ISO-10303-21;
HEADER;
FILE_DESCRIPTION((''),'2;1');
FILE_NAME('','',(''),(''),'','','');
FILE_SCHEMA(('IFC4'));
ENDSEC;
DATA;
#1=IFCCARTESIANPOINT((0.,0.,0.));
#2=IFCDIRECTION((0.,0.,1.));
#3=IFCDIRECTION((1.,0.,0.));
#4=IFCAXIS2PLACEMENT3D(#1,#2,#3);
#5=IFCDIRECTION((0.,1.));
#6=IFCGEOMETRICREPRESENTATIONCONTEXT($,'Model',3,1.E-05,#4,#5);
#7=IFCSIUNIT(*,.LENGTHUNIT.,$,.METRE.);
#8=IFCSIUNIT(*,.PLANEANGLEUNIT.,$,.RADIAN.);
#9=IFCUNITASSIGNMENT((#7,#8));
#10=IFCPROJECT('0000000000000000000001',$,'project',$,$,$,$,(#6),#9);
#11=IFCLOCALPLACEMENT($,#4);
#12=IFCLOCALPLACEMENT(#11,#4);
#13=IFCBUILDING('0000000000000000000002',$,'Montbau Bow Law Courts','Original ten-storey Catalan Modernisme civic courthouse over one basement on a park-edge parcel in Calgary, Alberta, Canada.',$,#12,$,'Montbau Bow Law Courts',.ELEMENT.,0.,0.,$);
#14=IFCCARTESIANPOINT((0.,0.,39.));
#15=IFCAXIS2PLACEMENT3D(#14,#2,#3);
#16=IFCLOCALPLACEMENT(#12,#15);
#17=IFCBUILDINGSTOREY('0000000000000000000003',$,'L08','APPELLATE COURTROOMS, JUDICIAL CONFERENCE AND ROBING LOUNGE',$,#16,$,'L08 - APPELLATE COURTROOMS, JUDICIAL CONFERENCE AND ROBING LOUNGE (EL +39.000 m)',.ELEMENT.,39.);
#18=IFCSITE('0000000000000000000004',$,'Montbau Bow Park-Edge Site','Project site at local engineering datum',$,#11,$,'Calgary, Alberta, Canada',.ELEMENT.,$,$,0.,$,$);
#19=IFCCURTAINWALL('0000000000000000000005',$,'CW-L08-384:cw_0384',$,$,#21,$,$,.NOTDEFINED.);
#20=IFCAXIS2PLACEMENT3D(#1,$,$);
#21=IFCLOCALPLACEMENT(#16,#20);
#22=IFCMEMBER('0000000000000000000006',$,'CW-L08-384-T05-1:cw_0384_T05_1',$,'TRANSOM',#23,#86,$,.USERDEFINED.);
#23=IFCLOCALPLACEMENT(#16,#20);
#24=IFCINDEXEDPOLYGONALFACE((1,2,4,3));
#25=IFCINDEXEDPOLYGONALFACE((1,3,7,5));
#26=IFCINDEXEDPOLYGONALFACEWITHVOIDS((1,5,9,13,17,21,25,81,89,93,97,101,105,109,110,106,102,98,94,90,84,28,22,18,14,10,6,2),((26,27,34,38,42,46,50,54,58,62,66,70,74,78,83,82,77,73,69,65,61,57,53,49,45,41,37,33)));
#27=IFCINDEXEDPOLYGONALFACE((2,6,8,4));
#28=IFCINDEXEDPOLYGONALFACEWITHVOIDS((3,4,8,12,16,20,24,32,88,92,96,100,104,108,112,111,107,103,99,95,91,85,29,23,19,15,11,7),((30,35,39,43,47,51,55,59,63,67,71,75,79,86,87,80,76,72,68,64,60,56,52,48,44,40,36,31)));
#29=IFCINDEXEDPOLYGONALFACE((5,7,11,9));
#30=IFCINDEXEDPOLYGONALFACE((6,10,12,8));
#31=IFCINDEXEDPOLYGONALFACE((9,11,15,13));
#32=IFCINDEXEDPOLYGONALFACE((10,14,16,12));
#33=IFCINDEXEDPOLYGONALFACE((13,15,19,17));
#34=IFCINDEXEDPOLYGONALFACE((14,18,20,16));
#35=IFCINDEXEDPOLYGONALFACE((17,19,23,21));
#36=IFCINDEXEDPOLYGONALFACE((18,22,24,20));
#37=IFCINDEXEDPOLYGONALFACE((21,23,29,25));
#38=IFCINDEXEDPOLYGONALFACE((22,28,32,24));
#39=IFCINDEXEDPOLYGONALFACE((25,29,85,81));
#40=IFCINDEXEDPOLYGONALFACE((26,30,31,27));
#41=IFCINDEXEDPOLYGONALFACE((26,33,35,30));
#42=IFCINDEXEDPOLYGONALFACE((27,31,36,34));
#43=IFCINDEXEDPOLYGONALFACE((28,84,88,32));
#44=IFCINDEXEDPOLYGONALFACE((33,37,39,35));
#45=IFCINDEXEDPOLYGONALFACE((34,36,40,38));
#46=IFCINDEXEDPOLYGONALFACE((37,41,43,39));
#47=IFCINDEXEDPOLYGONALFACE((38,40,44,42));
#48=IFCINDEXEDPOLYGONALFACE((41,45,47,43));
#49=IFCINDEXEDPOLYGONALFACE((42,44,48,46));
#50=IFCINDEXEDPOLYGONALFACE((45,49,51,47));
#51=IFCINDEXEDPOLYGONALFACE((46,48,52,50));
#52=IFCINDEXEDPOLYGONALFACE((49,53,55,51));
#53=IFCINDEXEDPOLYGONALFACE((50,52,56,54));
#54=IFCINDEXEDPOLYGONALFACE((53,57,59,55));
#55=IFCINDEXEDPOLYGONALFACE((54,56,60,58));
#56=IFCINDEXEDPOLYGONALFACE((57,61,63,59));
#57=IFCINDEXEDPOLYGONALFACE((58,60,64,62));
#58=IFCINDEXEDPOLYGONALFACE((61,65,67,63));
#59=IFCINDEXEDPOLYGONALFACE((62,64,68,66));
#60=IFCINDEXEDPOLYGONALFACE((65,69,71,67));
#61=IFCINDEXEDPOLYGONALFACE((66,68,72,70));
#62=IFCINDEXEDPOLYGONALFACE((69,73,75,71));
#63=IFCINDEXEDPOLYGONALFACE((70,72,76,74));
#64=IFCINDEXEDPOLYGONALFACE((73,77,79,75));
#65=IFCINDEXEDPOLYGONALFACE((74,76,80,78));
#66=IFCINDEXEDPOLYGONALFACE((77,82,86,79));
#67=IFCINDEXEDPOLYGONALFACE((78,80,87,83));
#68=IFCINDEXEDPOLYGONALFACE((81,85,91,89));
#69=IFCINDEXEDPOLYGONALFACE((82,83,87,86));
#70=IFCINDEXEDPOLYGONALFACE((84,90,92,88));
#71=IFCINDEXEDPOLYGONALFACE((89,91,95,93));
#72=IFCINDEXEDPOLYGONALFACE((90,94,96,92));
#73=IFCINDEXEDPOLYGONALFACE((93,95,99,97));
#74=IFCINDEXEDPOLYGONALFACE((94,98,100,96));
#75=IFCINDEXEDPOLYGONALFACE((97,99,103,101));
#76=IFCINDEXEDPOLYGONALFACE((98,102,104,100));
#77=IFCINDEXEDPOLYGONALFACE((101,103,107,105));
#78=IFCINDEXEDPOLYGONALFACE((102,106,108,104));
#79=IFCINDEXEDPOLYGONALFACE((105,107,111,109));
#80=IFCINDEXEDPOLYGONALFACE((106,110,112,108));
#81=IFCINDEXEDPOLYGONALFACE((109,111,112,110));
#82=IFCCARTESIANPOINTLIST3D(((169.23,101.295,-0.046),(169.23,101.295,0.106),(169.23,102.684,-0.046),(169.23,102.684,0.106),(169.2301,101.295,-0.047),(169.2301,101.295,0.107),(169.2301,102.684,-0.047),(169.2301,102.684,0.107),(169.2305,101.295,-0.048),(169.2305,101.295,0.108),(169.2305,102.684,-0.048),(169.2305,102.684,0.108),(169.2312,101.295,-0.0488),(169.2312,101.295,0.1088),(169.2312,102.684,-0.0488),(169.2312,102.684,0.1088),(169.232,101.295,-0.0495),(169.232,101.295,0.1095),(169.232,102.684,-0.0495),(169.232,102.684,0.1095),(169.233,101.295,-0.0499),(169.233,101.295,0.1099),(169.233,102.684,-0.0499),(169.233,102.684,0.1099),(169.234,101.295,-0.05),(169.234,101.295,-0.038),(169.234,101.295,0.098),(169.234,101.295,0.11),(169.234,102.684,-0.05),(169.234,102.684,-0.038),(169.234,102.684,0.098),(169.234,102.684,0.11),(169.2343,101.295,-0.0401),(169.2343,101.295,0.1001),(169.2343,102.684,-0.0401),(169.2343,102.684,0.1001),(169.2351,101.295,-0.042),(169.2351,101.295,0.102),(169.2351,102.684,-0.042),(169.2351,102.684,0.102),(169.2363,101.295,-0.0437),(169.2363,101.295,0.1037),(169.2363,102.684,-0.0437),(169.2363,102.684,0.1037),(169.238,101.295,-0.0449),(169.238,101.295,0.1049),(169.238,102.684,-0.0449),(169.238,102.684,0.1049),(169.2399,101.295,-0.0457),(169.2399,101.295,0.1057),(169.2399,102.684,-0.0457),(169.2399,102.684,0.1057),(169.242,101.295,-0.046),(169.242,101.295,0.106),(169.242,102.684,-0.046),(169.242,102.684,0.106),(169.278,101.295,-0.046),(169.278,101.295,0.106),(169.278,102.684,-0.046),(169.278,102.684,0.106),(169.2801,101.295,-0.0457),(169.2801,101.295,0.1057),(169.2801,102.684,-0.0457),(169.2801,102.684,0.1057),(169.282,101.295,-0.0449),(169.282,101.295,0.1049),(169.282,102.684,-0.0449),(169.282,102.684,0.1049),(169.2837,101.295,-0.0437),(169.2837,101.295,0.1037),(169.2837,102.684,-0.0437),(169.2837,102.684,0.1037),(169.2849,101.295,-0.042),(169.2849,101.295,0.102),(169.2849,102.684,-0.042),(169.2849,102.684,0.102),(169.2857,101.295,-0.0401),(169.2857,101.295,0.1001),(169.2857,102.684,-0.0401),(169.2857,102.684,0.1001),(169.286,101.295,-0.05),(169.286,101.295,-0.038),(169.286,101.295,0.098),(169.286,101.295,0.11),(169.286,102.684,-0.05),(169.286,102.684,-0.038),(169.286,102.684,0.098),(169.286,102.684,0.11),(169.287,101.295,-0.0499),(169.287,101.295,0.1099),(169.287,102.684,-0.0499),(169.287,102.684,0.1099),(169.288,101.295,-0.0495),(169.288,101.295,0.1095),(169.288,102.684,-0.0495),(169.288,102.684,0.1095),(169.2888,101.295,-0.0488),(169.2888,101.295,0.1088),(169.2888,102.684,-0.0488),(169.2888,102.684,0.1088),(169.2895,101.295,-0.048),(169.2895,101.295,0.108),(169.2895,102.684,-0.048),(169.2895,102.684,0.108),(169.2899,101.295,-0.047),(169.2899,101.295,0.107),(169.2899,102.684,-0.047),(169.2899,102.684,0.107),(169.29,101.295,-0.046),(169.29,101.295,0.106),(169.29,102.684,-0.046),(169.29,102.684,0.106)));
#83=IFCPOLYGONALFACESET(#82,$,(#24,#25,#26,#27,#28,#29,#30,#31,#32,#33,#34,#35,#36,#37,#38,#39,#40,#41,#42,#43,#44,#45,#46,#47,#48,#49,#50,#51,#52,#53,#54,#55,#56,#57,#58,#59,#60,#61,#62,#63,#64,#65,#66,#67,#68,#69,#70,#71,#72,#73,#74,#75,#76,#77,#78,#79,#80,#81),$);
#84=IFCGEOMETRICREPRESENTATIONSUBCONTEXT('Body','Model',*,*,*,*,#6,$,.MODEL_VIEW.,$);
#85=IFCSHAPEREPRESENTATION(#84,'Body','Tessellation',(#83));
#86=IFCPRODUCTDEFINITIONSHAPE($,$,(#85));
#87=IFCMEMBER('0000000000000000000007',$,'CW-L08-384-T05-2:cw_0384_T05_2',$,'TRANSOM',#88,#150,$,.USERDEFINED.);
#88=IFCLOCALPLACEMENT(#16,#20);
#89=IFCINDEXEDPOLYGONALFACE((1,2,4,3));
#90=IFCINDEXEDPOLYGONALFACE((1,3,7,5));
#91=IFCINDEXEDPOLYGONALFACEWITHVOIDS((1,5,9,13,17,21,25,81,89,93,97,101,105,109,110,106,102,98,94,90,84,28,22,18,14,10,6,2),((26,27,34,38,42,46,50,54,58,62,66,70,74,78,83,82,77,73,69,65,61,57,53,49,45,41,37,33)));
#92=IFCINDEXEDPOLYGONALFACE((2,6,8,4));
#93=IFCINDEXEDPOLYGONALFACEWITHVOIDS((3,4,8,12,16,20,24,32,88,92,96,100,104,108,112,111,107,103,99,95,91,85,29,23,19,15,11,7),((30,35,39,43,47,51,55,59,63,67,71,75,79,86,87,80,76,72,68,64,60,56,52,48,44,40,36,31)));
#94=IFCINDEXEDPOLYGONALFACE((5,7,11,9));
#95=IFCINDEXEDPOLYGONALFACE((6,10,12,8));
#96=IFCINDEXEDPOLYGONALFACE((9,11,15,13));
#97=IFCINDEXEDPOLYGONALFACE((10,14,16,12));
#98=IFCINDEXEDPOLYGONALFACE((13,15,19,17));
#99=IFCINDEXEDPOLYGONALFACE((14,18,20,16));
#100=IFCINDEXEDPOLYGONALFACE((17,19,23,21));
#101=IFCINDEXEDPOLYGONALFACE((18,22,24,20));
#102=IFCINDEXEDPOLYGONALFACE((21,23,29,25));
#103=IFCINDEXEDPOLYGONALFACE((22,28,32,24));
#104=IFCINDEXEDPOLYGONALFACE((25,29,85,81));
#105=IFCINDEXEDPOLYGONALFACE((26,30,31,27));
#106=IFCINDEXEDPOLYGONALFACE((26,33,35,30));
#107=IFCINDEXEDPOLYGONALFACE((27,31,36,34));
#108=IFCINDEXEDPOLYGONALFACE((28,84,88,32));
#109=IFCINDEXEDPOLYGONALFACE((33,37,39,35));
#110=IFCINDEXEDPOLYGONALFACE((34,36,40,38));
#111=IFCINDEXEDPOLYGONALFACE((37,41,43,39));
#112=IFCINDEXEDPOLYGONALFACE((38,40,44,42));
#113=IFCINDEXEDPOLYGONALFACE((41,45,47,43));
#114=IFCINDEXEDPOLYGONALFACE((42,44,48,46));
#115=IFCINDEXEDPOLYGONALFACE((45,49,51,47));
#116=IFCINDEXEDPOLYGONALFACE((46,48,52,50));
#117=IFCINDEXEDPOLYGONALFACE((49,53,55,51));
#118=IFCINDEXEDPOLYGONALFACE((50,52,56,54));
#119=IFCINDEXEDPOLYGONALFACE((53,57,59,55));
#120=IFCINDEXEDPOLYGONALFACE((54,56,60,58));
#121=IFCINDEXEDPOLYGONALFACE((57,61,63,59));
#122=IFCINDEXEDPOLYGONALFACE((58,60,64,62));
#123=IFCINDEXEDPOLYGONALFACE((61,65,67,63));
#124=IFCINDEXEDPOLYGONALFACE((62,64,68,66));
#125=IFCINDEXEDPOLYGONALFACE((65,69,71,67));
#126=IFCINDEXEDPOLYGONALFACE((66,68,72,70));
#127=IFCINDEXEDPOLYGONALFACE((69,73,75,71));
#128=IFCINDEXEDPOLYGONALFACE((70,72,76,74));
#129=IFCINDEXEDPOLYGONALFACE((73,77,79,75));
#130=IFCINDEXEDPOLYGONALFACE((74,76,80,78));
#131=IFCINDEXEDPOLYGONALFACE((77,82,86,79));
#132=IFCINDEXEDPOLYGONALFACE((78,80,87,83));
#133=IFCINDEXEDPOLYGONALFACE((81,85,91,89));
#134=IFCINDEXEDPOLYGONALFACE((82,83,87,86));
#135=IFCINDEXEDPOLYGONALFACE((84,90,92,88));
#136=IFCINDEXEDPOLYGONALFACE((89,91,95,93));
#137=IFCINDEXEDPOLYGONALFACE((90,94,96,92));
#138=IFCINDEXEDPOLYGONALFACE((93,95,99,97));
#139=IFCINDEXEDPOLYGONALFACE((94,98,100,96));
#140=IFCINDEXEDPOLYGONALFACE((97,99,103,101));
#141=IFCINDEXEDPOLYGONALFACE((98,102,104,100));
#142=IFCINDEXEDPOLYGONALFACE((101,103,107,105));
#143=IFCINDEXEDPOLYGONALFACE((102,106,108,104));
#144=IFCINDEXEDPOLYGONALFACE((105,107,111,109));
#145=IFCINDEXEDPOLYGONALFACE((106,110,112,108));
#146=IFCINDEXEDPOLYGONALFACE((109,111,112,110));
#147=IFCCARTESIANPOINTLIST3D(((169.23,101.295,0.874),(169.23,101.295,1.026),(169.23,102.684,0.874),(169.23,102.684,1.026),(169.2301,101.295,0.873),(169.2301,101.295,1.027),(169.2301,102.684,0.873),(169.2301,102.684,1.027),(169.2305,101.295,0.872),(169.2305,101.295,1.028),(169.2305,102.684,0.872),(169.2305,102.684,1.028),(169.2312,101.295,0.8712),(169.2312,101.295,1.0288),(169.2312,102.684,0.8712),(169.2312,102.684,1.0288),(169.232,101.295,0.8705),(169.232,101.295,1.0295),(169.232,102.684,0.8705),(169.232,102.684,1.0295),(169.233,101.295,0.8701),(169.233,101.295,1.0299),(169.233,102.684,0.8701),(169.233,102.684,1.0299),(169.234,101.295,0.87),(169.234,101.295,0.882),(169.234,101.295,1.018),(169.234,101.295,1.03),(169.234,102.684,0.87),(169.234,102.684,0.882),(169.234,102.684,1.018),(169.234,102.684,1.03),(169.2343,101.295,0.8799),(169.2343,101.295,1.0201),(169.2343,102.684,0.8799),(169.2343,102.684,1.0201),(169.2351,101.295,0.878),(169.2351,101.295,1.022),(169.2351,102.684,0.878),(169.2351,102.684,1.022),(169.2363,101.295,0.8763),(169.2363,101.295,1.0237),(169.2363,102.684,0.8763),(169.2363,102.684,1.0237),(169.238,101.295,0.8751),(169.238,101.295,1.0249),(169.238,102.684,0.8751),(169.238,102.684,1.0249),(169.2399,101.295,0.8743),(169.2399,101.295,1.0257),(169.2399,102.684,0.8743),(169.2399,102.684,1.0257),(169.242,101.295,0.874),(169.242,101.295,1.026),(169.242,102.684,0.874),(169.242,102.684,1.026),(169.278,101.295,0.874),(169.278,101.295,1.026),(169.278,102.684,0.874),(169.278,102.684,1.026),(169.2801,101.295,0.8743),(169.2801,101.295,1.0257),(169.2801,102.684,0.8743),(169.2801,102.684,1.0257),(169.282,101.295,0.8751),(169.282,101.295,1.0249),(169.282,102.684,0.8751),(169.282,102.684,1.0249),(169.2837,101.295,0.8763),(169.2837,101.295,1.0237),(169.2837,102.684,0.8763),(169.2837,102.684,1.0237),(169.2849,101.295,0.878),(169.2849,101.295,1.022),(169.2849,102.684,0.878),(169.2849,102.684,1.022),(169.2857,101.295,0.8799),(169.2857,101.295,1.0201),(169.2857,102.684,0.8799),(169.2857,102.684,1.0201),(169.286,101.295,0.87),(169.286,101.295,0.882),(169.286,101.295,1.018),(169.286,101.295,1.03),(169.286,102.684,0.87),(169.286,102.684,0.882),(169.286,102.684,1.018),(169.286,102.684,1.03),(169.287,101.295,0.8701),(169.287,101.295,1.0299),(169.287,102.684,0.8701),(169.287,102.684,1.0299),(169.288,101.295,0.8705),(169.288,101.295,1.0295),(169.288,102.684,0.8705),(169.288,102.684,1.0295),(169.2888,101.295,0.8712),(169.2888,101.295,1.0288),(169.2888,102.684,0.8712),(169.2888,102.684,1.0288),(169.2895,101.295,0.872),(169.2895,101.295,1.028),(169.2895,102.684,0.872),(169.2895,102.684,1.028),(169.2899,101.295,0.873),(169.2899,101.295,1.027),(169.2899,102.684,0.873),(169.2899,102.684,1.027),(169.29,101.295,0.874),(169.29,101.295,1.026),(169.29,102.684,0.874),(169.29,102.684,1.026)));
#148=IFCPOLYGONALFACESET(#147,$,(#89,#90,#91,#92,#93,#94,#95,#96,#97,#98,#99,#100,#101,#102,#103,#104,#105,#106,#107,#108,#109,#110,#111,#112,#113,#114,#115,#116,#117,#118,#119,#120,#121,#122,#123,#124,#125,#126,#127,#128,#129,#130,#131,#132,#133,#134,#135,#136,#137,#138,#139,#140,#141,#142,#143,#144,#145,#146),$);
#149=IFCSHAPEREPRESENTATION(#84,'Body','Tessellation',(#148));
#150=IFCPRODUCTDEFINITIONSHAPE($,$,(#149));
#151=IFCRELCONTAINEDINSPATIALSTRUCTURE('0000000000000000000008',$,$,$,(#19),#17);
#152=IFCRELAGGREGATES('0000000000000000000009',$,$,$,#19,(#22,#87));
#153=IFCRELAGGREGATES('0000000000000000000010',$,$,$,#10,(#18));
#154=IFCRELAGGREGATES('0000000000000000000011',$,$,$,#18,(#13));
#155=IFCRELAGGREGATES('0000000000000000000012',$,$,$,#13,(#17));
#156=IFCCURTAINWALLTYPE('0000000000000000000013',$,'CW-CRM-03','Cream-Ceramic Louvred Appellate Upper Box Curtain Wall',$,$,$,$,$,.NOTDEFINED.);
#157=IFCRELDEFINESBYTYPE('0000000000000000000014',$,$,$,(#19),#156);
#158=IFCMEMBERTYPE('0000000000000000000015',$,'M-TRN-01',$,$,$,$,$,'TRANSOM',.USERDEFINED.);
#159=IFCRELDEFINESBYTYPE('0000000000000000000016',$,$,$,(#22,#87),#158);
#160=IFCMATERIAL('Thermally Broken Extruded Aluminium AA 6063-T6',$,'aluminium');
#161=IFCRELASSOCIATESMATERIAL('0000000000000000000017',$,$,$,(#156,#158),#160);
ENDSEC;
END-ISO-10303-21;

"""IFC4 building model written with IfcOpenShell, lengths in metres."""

from ifc_helpers import new_model, si_unit, direction, frame, origin_with_axes, origin_2d_with_axis, place, context, subcontext, project, spatial, hollow_rectangle, extrude, material, material_profile, profile_set, type_object, element, aggregate, save


model = new_model("IFC4")

# Units and contexts
model_context = context("Model", 3, precision=1e-05, world=origin_with_axes(), true_north=direction((0.0, 1.0)))
body_context = subcontext(model_context, "Body", "Model", "MODEL_VIEW")
ifc_project = project(units=[si_unit("LENGTHUNIT", "METRE"), si_unit("PLANEANGLEUNIT", "RADIAN")], contexts=[model_context])

# Site, building, storey
site_placement = place(None, origin_with_axes())
site = spatial("IfcSite", under=ifc_project, at=site_placement, Name="Montbau Bow Park-Edge Site", Description="Project site at local engineering datum", LongName="Calgary, Alberta, Canada", CompositionType="ELEMENT", RefElevation=0.0)
building_placement = place(site_placement, origin_with_axes())
building = spatial("IfcBuilding", under=site, at=building_placement, Name="Montbau Bow Law Courts", Description="Original ten-storey Catalan Modernisme civic courthouse over one basement on a park-edge parcel in Calgary, Alberta, Canada.", LongName="Montbau Bow Law Courts", CompositionType="ELEMENT", ElevationOfRefHeight=0.0, ElevationOfTerrain=0.0)
storey_placement = place(building_placement, frame((0.0, 0.0, 39.0), z_axis=(0.0, 0.0, 1.0), x_axis=(1.0, 0.0, 0.0)))
storey = spatial("IfcBuildingStorey", under=building, at=storey_placement, Name="L08", Description="APPELLATE COURTROOMS, JUDICIAL CONFERENCE AND ROBING LOUNGE", LongName="L08 - APPELLATE COURTROOMS, JUDICIAL CONFERENCE AND ROBING LOUNGE (EL +39.000 m)", CompositionType="ELEMENT", Elevation=39.0)

# Curtain wall
ifc_material_1 = material(Name="Thermally Broken Extruded Aluminium AA 6063-T6", Category="aluminium")
curtain_wall_type = type_object("IfcCurtainWallType", Name="CW-CRM-03", Description="Cream-Ceramic Louvred Appellate Upper Box Curtain Wall", PredefinedType="NOTDEFINED", material=ifc_material_1)
curtain_wall_1_placement = place(None, frame((169.26, 95.24, 39.0), z_axis=(0.0, 0.0, 1.0), x_axis=(1.0, 0.0, 0.0)))
curtain_wall_1 = element("IfcCurtainWall", 1, at=curtain_wall_1_placement, inside=storey, type_object=curtain_wall_type, Name="CW-L08-384:cw_0384", PredefinedType="NOTDEFINED")

# Members
ifc_material_profile_1 = material_profile(ifc_material_1, hollow_rectangle(XDim=0.06, YDim=0.16, WallThickness=0.004, InnerFilletRadius=0.008, OuterFilletRadius=0.004, at=origin_2d_with_axis()), Name="CWT-160X60", Category="Main", Priority=0)
ifc_profile_set_1 = profile_set([ifc_material_profile_1], Name="Thermally Broken Extruded Aluminium AA 6063-T6")
member_type_1 = type_object("IfcMemberType", Name="M-TRN-01", ElementType="TRANSOM", PredefinedType="USERDEFINED", material=ifc_profile_set_1)
member_1_placement = place(None, frame((169.26, 101.295, 39.03), z_axis=(0.0, 1.0, 0.0), x_axis=(-1.0, 0.0, 0.0)))
member_1 = element("IfcMember", 2, at=member_1_placement, type_object=member_type_1, Name="CW-L08-384-T05-1:cw_0384_T05_1", ObjectType="TRANSOM", PredefinedType="USERDEFINED", context=body_context, shape_type="SweptSolid", body=[
    extrude(hollow_rectangle(XDim=0.06, YDim=0.16, WallThickness=0.004, InnerFilletRadius=0.008, OuterFilletRadius=0.004, at=origin_2d_with_axis()), origin_with_axes(), (0.0, 0.0, 1.0), 1.389),
])
member_2_placement = place(None, frame((169.26, 101.295, 39.95), z_axis=(0.0, 1.0, 0.0), x_axis=(-1.0, 0.0, 0.0)))
member_2 = element("IfcMember", 3, at=member_2_placement, type_object=member_type_1, Name="CW-L08-384-T05-2:cw_0384_T05_2", ObjectType="TRANSOM", PredefinedType="USERDEFINED", context=body_context, shape_type="SweptSolid", body=[
    extrude(hollow_rectangle(XDim=0.06, YDim=0.16, WallThickness=0.004, InnerFilletRadius=0.008, OuterFilletRadius=0.004, at=origin_2d_with_axis()), origin_with_axes(), (0.0, 0.0, 1.0), 1.389),
])

aggregate(curtain_wall_1, [member_1, member_2])

save(model, "model.ifc")
